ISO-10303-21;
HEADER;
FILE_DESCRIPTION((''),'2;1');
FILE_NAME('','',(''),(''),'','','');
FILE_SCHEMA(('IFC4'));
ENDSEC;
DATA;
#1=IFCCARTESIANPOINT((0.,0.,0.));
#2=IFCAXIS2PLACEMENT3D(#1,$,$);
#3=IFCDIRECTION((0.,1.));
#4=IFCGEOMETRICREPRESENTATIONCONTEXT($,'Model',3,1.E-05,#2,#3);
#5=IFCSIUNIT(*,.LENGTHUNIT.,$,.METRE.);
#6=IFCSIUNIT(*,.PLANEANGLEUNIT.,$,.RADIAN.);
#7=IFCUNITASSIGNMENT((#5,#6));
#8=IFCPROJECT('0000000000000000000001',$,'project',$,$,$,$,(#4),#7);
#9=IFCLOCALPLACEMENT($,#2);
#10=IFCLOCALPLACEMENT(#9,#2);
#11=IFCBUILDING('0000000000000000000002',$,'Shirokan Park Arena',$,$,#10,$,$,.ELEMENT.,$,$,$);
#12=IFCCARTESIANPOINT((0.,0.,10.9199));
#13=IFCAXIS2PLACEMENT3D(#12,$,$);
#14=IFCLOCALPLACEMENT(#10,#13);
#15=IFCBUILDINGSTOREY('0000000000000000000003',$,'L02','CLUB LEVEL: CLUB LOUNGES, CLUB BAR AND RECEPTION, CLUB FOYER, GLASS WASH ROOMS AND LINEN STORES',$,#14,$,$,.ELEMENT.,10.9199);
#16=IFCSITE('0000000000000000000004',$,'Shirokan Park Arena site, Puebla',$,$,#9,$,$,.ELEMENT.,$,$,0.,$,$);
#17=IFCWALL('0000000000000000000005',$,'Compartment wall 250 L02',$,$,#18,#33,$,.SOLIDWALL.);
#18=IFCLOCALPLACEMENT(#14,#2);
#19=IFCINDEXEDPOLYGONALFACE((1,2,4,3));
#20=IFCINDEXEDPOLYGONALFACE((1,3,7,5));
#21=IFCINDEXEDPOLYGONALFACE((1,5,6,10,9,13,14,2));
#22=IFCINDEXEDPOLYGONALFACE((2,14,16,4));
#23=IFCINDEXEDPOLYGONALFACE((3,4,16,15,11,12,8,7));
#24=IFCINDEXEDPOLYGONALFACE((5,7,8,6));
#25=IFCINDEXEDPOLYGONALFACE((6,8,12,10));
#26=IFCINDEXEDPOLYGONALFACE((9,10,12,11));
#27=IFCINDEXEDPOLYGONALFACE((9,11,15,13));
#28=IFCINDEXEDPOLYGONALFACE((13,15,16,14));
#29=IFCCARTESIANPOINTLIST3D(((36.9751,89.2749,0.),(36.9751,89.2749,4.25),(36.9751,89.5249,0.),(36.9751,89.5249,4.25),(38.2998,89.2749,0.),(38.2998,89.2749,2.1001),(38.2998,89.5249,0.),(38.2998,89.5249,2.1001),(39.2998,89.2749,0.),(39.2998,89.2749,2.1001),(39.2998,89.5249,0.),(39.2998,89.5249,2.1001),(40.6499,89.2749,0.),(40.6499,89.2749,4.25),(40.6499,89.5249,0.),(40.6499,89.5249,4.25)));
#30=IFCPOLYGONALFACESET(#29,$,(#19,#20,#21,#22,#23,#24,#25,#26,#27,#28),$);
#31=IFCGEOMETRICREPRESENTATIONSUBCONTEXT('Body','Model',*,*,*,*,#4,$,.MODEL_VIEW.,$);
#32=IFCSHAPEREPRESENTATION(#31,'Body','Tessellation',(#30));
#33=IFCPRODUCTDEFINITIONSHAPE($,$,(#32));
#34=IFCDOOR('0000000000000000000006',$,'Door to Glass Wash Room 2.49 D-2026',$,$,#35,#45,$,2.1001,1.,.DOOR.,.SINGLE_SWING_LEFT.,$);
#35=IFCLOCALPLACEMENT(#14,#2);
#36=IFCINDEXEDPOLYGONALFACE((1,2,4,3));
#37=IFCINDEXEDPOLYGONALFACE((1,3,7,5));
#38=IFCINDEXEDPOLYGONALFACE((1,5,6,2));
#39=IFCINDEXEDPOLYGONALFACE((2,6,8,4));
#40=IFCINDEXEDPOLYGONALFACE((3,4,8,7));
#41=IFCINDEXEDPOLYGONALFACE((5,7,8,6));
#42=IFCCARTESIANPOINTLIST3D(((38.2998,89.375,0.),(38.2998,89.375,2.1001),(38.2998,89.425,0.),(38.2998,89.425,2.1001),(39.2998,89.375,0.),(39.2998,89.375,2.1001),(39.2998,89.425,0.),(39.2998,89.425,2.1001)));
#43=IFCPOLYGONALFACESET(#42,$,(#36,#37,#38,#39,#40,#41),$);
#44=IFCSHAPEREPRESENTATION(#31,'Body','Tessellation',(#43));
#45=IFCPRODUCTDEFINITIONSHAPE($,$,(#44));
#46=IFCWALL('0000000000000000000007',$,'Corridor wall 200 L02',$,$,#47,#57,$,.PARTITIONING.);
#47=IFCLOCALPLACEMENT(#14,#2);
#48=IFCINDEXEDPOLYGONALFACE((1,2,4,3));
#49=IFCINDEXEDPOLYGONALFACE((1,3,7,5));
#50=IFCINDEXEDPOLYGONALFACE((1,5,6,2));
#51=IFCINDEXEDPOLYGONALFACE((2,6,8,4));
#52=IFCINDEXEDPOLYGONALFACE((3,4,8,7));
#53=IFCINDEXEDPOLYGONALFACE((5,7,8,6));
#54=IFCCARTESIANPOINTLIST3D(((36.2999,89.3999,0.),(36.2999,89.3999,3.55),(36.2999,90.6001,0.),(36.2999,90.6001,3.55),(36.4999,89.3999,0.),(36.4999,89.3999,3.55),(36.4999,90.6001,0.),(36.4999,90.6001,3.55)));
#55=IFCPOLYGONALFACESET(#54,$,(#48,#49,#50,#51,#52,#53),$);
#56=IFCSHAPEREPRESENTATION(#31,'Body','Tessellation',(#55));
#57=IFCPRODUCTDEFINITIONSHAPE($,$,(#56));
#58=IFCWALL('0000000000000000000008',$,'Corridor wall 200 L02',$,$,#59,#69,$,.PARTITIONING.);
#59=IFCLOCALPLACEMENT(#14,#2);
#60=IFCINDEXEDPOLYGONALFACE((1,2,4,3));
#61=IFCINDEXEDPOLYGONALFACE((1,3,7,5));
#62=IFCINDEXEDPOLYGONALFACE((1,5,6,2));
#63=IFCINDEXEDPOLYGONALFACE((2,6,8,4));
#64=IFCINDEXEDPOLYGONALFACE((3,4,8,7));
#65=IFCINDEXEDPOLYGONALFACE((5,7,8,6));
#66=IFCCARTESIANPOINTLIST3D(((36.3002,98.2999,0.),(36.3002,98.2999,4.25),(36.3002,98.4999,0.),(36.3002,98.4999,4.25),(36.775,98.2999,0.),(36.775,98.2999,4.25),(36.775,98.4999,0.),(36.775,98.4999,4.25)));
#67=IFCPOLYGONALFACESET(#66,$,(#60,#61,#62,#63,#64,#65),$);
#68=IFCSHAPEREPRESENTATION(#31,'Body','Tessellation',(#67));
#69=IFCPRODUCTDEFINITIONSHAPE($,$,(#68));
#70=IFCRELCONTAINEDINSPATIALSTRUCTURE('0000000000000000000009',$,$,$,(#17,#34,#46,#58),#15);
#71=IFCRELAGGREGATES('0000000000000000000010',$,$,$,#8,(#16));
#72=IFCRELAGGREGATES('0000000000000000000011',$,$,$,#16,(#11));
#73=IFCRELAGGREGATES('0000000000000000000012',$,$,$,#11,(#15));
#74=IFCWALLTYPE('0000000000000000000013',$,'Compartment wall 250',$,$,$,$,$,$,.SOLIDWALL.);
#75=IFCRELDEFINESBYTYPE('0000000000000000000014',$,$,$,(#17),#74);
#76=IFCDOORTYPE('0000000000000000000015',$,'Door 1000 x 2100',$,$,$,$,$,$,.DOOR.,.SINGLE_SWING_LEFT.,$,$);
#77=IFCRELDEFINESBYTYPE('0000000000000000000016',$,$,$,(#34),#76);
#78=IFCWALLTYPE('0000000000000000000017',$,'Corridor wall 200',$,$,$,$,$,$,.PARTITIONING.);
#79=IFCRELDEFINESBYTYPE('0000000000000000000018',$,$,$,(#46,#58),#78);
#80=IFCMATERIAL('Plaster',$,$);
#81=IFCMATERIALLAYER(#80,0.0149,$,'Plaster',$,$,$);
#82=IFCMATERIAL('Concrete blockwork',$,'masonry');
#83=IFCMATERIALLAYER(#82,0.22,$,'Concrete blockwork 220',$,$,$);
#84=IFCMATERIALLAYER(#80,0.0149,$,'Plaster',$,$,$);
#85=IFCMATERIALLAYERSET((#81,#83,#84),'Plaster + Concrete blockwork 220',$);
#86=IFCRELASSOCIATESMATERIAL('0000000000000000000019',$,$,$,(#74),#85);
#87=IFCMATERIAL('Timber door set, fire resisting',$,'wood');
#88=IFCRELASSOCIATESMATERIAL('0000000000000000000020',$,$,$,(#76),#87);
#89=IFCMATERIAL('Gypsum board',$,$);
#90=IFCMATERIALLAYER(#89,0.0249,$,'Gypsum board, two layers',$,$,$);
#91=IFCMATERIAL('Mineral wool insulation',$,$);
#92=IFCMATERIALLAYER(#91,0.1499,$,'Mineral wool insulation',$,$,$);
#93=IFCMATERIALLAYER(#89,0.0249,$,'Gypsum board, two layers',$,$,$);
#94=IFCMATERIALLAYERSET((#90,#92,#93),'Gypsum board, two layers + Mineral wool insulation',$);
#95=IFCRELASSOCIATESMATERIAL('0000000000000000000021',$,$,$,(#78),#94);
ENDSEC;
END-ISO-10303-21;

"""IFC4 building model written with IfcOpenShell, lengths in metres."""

from ifc_helpers import new_model, si_unit, direction, frame, frame_2d, origin, place, context, subcontext, project, spatial, rectangle, extrude, material, layer, layer_set, type_object, element, fill, save


model = new_model("IFC4")

# Units and contexts
model_context = context("Model", 3, precision=1e-05, world=origin(), true_north=direction((0.0, 1.0)))
body_context = subcontext(model_context, "Body", "Model", "MODEL_VIEW")
ifc_project = project(units=[si_unit("LENGTHUNIT", "METRE"), si_unit("PLANEANGLEUNIT", "RADIAN")], contexts=[model_context])

# Site, building, storey
site_placement = place(None, origin())
site = spatial("IfcSite", under=ifc_project, at=site_placement, Name="Shirokan Park Arena site, Puebla", CompositionType="ELEMENT", RefElevation=0.0)
building_placement = place(site_placement, origin())
building = spatial("IfcBuilding", under=site, at=building_placement, Name="Shirokan Park Arena", CompositionType="ELEMENT")
storey_placement = place(building_placement, frame((0.0, 0.0, 10.9199)))
storey = spatial("IfcBuildingStorey", under=building, at=storey_placement, Name="L02", Description="CLUB LEVEL: CLUB LOUNGES, CLUB BAR AND RECEPTION, CLUB FOYER, GLASS WASH ROOMS AND LINEN STORES", CompositionType="ELEMENT", Elevation=10.9199)

# Shared definitions
ifc_material_1 = material(Name="Plaster")
ifc_layer_1 = layer(ifc_material_1, 0.0149, Name="Plaster")
ifc_material_2 = material(Name="Concrete blockwork", Category="masonry")
ifc_layer_2 = layer(ifc_material_2, 0.22, Name="Concrete blockwork 220")
ifc_layer_3 = layer(ifc_material_1, 0.0149, Name="Plaster")
ifc_layer_set_1 = layer_set([ifc_layer_1, ifc_layer_2, ifc_layer_3], Name="Plaster + Concrete blockwork 220")
wall_type_1 = type_object("IfcWallType", Name="Compartment wall 250", PredefinedType="SOLIDWALL", material=ifc_layer_set_1)

# Shared definitions
ifc_material_3 = material(Name="Timber door set, fire resisting", Category="wood")

# Wall, opening, door
wall_1_placement = place(storey_placement, frame((40.6499, 89.3999, 0.0), z_axis=(0.0, 0.0, 1.0), x_axis=(-1.0, 0.0, 0.0)))
wall_1 = element("IfcWall", 1, at=wall_1_placement, inside=storey, type_object=wall_type_1, Name="Compartment wall 250 L02", PredefinedType="SOLIDWALL", context=body_context, shape_type="SweptSolid", body=[
    extrude(rectangle(XDim=3.6748, YDim=0.25, at=frame_2d((1.8374, 0.0))), origin(), (0.0, 0.0, 1.0), 4.25),
])
opening_1_placement = place(wall_1_placement, frame((1.3501, 0.0, 0.0)))
opening_1 = element("IfcOpeningElement", 2, at=opening_1_placement, cuts=wall_1, PredefinedType="OPENING", context=body_context, shape_type="SweptSolid", body=[
    extrude(rectangle(XDim=1.0, YDim=2.1001, at=frame_2d((0.5, 1.05))), frame((0.0, 0.135, 0.0), z_axis=(0.0, -1.0, 0.0), x_axis=(1.0, 0.0, 0.0)), (0.0, 0.0, 1.0), 0.27),
])
door_type_1 = type_object("IfcDoorType", Name="Door 1000 x 2100", OperationType="SINGLE_SWING_LEFT", PredefinedType="DOOR", material=ifc_material_3)
door_1_placement = place(opening_1_placement, origin())
door_1 = element("IfcDoor", 3, at=door_1_placement, inside=storey, type_object=door_type_1, Name="Door to Glass Wash Room 2.49 D-2026", OperationType="SINGLE_SWING_LEFT", OverallHeight=2.1001, OverallWidth=1.0, PredefinedType="DOOR", context=body_context, shape_type="SweptSolid", body=[
    extrude(rectangle(XDim=1.0, YDim=2.1001, at=frame_2d((0.5, 1.05))), frame((0.0, 0.0249, 0.0), z_axis=(0.0, -1.0, 0.0), x_axis=(1.0, 0.0, 0.0)), (0.0, 0.0, 1.0), 0.05),
])
fill(opening_1, door_1)

# Wall
ifc_material_4 = material(Name="Gypsum board")
ifc_layer_4 = layer(ifc_material_4, 0.0249, Name="Gypsum board, two layers")
ifc_material_5 = material(Name="Mineral wool insulation")
ifc_layer_5 = layer(ifc_material_5, 0.1499, Name="Mineral wool insulation")
ifc_layer_6 = layer(ifc_material_4, 0.0249, Name="Gypsum board, two layers")
ifc_layer_set_2 = layer_set([ifc_layer_4, ifc_layer_5, ifc_layer_6], Name="Gypsum board, two layers + Mineral wool insulation")
wall_type_2 = type_object("IfcWallType", Name="Corridor wall 200", PredefinedType="PARTITIONING", material=ifc_layer_set_2)
wall_2_placement = place(storey_placement, frame((36.3999, 90.6001, 0.0), z_axis=(0.0, 0.0, 1.0), x_axis=(0.0, -1.0, 0.0)))
element("IfcWall", 4, at=wall_2_placement, inside=storey, type_object=wall_type_2, Name="Corridor wall 200 L02", PredefinedType="PARTITIONING", context=body_context, shape_type="SweptSolid", body=[
    extrude(rectangle(XDim=1.2002, YDim=0.2, at=frame_2d((0.6001, 0.0))), origin(), (0.0, 0.0, 1.0), 3.55),
])

# Wall
wall_3_placement = place(storey_placement, frame((36.7749, 98.3999, 0.0), z_axis=(0.0, 0.0, 1.0), x_axis=(-1.0, 0.0, 0.0)))
element("IfcWall", 5, at=wall_3_placement, inside=storey, type_object=wall_type_2, Name="Corridor wall 200 L02", PredefinedType="PARTITIONING", context=body_context, shape_type="SweptSolid", body=[
    extrude(rectangle(XDim=0.4749, YDim=0.2, at=frame_2d((0.2373, 0.0))), origin(), (0.0, 0.0, 1.0), 4.25),
])

save(model, "model.ifc")
